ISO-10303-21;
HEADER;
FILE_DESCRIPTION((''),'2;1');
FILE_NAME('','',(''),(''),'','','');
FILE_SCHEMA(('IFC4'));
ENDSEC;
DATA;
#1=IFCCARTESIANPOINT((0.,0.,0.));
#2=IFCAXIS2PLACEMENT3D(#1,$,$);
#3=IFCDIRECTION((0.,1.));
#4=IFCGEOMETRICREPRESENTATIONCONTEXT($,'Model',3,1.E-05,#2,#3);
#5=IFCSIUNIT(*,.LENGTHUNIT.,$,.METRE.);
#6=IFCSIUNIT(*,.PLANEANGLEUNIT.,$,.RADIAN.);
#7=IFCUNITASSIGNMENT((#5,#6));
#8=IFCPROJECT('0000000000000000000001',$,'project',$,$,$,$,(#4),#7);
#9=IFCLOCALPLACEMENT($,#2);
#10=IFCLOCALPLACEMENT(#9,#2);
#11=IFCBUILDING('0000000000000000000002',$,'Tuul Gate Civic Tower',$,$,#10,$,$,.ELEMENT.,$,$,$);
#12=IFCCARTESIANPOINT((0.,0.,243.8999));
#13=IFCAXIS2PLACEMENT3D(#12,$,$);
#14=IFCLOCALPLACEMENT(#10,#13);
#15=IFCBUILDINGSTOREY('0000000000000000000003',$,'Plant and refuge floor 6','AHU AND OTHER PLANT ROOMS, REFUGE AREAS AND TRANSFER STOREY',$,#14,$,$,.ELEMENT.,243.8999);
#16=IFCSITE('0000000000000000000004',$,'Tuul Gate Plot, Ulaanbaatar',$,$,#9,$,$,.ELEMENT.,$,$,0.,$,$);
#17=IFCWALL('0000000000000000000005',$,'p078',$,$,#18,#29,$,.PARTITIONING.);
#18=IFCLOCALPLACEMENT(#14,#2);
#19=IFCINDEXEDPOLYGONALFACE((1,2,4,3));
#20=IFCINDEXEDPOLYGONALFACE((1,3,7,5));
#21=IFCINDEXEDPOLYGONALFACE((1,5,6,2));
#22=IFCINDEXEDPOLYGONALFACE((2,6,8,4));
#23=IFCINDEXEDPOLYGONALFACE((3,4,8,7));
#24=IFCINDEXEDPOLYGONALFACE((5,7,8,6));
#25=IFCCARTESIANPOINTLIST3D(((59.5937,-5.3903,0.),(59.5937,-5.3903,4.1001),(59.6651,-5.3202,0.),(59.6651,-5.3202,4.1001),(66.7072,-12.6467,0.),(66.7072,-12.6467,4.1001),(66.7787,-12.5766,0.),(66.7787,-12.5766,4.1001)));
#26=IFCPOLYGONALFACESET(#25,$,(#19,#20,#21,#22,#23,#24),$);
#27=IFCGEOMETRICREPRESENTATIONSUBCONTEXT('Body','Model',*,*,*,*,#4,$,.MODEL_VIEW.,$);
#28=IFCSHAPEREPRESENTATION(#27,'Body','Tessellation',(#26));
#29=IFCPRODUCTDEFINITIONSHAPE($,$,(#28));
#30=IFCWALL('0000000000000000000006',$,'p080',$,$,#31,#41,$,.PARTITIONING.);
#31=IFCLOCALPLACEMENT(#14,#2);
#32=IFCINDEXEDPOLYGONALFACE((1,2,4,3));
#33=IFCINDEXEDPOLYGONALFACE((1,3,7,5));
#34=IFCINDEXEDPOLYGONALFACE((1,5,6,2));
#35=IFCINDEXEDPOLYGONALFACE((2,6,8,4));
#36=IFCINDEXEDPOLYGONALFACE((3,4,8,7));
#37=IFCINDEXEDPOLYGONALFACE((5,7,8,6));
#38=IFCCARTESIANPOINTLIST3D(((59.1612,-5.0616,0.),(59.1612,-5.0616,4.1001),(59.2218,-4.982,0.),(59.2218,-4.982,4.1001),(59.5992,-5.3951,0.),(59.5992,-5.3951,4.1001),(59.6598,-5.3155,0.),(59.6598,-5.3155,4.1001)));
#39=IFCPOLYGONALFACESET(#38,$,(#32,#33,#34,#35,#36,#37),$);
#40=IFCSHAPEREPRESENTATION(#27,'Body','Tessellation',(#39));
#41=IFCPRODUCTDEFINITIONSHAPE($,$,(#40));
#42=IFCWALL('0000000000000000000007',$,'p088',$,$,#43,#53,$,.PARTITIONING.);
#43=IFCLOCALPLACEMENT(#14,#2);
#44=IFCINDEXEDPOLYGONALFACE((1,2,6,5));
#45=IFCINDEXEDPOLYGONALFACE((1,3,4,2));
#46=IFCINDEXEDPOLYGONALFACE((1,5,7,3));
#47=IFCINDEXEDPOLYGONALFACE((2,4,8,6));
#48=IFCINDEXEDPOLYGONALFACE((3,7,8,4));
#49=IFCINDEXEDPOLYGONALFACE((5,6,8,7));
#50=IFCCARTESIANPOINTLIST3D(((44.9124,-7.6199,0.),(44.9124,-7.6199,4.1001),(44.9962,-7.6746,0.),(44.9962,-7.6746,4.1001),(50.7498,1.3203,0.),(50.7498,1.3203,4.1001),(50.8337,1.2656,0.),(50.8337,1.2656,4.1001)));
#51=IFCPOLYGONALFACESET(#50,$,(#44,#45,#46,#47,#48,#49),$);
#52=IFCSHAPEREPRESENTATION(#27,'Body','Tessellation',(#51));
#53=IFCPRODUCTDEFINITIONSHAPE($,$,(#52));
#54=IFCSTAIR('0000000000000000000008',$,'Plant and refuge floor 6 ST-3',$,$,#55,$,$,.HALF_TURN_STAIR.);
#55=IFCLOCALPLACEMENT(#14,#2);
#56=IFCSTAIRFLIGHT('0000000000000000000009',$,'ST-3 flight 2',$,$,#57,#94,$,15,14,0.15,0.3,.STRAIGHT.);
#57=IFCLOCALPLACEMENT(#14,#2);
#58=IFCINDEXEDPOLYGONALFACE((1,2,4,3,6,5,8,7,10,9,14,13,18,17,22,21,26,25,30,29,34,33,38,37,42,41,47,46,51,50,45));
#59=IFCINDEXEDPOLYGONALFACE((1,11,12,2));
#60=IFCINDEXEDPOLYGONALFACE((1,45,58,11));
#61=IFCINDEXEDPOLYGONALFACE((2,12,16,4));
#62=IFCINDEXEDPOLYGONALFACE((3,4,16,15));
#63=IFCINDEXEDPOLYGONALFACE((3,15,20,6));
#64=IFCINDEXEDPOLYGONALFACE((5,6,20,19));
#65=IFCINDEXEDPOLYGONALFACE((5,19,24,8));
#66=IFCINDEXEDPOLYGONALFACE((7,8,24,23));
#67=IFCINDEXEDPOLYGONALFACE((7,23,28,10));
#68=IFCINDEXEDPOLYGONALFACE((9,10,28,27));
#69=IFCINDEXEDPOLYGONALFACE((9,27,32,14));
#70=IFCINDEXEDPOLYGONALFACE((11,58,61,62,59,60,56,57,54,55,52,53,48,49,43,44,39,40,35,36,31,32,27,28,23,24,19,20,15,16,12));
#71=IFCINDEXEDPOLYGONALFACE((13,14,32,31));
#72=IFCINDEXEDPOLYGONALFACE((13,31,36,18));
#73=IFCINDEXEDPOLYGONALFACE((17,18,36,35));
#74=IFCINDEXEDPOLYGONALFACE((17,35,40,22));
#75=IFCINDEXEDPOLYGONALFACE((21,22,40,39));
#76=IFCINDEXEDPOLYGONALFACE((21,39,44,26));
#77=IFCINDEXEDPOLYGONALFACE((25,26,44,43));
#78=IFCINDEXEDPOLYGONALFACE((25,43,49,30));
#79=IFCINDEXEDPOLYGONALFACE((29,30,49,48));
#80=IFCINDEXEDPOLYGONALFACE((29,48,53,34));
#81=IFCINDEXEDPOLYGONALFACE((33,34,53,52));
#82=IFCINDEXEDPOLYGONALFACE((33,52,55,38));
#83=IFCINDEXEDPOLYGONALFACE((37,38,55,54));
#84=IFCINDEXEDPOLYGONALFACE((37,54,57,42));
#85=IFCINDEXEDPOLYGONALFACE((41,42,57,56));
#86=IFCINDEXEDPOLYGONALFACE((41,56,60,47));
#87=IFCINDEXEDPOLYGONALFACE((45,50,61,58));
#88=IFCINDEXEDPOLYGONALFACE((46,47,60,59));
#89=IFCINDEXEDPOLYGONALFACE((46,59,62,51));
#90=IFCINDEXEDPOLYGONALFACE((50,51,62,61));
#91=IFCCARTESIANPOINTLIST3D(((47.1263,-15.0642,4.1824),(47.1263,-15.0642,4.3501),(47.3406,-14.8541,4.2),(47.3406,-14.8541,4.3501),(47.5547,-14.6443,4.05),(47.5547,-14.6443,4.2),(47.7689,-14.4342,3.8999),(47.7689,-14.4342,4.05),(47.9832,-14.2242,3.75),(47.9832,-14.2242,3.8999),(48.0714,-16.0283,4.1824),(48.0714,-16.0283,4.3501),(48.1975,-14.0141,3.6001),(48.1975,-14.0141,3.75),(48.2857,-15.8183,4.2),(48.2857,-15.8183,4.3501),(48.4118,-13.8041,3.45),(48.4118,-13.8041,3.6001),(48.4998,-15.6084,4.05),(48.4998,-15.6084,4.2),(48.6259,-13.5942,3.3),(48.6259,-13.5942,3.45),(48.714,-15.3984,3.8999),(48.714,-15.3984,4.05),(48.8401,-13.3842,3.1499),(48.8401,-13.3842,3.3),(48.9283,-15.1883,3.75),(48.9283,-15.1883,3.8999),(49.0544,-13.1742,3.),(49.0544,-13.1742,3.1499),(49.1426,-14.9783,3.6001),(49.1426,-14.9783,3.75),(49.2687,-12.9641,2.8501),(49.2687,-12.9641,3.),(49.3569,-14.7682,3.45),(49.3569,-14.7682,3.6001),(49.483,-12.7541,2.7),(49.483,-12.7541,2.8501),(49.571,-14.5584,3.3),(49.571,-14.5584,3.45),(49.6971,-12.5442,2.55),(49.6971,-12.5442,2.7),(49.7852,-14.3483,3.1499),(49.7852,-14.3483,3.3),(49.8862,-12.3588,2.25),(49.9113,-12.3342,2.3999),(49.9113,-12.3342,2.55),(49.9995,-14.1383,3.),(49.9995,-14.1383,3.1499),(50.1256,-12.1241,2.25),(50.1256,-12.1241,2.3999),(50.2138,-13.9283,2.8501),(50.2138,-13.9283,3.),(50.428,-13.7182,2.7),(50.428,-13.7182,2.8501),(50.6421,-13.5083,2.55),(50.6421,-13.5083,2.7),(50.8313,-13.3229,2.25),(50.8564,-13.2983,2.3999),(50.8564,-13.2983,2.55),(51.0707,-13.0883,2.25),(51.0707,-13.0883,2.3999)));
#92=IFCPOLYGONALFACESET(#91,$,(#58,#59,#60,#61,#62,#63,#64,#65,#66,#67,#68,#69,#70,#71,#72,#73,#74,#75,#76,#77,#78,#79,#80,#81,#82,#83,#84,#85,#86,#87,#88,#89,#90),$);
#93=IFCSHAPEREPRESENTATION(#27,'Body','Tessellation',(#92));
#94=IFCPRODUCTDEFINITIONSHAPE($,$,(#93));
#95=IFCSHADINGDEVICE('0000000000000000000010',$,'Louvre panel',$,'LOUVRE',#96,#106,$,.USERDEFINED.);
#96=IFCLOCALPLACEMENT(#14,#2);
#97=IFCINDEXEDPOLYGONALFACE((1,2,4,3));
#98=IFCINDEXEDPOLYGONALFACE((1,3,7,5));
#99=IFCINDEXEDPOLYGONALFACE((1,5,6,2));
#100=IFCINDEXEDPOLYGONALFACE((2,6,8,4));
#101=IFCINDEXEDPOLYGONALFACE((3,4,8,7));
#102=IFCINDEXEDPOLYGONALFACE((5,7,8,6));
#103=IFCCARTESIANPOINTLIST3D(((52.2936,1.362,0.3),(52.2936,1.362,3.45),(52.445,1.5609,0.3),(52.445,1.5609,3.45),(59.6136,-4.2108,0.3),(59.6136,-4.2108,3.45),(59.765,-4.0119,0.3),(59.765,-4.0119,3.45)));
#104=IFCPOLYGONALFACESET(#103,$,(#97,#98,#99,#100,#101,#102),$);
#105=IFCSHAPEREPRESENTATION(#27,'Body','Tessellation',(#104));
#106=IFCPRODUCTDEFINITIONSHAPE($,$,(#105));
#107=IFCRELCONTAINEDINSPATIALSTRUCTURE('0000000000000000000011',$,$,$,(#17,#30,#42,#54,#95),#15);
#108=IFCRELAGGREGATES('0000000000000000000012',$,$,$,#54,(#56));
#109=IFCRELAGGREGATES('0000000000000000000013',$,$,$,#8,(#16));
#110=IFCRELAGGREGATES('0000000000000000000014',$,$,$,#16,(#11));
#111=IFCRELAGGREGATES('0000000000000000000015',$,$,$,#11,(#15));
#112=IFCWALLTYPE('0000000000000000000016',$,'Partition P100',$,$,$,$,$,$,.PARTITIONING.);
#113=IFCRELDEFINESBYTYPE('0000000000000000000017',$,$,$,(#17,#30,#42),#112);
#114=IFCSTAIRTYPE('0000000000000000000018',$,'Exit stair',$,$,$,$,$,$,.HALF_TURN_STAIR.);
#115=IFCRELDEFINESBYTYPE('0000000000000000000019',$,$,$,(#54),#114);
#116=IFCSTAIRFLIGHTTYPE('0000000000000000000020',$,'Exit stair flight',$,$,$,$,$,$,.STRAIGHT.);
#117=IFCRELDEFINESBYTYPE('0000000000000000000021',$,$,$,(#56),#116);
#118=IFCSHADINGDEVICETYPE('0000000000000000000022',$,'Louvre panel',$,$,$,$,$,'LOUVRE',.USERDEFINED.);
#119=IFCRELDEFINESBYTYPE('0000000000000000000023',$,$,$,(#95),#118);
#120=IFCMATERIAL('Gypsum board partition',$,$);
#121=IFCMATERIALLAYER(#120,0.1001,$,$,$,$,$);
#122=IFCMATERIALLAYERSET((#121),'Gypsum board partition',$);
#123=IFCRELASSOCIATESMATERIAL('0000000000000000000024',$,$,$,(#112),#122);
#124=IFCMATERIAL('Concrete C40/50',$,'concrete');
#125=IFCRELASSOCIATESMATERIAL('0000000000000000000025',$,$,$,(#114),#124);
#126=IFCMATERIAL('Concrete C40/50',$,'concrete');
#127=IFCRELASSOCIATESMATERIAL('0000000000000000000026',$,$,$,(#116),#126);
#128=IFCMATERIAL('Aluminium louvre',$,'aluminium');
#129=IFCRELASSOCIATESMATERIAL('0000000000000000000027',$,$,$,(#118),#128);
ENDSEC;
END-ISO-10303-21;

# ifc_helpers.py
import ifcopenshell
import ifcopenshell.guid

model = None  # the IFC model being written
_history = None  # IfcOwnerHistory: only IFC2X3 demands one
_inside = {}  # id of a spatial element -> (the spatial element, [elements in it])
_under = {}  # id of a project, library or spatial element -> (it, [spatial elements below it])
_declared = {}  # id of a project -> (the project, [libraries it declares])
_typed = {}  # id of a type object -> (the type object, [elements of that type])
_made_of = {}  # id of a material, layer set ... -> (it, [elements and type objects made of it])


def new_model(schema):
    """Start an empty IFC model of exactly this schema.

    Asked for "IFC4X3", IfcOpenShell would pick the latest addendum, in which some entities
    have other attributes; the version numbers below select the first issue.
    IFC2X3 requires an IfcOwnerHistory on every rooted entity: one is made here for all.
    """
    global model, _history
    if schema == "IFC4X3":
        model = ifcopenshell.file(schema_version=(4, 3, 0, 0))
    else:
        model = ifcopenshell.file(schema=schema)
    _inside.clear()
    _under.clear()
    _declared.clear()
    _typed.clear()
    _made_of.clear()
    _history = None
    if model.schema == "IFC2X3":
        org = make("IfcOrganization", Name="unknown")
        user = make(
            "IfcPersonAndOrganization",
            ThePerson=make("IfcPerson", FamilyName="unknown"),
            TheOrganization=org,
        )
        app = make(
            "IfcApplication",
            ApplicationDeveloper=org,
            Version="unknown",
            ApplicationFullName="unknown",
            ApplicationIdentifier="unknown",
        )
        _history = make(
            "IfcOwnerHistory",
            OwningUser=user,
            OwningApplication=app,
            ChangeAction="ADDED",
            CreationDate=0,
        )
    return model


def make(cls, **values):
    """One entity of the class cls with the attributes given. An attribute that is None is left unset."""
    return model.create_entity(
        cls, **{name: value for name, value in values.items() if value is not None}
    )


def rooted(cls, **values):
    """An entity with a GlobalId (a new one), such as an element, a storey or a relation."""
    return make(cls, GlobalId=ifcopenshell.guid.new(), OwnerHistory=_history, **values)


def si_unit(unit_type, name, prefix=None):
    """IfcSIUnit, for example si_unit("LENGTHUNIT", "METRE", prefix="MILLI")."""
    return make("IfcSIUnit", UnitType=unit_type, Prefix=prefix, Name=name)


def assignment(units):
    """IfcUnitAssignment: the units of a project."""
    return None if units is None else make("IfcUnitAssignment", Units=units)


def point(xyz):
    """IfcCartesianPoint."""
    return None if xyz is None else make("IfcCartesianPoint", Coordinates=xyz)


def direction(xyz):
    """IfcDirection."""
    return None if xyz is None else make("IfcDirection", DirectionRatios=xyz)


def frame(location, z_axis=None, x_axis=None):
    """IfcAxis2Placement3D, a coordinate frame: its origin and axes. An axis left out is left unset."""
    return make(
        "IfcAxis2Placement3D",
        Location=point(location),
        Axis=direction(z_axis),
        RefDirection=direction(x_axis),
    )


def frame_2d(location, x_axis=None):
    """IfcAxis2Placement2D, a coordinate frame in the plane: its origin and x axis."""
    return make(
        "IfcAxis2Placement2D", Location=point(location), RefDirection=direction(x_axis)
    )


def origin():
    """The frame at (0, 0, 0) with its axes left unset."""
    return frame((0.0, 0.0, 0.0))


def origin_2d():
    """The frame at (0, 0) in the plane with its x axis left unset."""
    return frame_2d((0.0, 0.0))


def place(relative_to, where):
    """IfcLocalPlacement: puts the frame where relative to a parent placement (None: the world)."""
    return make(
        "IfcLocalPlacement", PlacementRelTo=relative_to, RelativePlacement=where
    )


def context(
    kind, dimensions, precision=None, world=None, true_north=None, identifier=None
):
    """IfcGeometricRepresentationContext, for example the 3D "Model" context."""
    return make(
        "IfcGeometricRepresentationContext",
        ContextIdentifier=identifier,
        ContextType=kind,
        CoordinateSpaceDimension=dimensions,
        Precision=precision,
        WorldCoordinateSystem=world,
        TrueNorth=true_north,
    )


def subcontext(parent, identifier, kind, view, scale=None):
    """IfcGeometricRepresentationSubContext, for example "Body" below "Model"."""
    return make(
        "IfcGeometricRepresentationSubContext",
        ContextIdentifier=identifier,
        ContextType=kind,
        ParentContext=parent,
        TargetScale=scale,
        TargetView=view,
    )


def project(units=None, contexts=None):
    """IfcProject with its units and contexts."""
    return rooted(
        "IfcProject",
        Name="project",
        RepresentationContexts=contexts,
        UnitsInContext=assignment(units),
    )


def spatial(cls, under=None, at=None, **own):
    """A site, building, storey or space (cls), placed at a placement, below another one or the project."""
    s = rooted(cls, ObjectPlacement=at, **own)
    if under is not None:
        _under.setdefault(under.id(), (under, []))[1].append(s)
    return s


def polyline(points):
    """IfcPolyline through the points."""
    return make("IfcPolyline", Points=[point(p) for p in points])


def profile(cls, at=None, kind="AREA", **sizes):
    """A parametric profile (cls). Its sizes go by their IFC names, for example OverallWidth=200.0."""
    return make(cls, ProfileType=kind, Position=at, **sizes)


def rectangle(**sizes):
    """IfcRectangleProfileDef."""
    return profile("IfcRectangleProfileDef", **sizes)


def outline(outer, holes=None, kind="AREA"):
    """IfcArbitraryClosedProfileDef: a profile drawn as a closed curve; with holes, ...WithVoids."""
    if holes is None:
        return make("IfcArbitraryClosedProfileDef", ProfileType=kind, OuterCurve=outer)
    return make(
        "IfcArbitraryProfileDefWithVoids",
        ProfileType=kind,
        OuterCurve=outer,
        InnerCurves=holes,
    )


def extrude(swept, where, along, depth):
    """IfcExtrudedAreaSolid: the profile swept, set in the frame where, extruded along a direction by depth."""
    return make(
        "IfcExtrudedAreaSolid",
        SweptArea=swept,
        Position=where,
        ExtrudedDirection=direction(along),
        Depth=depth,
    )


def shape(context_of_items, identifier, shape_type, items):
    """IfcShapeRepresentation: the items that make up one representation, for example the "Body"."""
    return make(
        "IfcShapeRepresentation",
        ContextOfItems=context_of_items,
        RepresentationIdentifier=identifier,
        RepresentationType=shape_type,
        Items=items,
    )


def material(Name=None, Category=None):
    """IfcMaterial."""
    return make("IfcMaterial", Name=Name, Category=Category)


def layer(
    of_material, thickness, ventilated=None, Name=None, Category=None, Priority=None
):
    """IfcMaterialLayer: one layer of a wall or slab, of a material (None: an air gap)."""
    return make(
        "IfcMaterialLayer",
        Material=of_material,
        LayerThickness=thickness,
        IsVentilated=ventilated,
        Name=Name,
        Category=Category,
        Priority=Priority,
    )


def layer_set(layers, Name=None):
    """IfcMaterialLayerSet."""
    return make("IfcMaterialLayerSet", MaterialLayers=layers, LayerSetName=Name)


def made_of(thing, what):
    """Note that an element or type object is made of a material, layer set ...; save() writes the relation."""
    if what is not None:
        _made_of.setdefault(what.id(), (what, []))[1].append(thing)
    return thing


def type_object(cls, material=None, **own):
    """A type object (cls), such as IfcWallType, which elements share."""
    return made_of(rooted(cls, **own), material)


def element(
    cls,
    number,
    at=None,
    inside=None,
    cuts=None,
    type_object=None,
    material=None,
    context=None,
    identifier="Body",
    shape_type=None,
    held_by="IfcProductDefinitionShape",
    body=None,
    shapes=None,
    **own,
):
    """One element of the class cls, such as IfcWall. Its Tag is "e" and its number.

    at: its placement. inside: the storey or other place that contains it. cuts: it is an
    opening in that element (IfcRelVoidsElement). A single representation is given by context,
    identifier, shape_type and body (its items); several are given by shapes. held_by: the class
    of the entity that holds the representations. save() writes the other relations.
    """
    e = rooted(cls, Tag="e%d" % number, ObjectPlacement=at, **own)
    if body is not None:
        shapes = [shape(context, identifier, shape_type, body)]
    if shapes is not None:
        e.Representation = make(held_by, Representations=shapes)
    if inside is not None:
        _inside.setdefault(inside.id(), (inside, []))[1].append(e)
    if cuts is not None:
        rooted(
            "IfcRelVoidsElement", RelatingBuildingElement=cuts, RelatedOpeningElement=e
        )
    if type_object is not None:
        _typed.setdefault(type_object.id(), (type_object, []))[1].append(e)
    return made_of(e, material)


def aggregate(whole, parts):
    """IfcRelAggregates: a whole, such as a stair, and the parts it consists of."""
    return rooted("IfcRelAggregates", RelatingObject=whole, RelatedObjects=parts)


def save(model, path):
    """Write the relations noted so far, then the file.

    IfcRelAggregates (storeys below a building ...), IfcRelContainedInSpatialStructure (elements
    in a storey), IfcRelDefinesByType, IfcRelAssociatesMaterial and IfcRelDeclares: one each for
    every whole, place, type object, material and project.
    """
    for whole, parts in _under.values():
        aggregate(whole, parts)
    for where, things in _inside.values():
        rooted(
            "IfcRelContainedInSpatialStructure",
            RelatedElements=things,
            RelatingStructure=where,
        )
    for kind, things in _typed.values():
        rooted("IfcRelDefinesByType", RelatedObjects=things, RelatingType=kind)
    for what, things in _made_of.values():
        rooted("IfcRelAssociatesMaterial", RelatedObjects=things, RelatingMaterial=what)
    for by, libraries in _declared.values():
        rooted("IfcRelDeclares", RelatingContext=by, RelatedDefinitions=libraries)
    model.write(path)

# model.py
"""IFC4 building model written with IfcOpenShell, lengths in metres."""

from ifc_helpers import new_model, si_unit, direction, frame, frame_2d, origin, origin_2d, place, context, subcontext, project, spatial, polyline, rectangle, outline, extrude, material, layer, layer_set, type_object, element, aggregate, save


model = new_model("IFC4")

# Units and contexts
model_context = context("Model", 3, precision=1e-05, world=origin(), true_north=direction((0.0, 1.0)))
body_context = subcontext(model_context, "Body", "Model", "MODEL_VIEW")
ifc_project = project(units=[si_unit("LENGTHUNIT", "METRE"), si_unit("PLANEANGLEUNIT", "RADIAN")], contexts=[model_context])

# Site, building, storey
site_placement = place(None, origin())
site = spatial("IfcSite", under=ifc_project, at=site_placement, Name="Tuul Gate Plot, Ulaanbaatar", CompositionType="ELEMENT", RefElevation=0.0)
building_placement = place(site_placement, origin())
building = spatial("IfcBuilding", under=site, at=building_placement, Name="Tuul Gate Civic Tower", CompositionType="ELEMENT")
storey_placement = place(building_placement, frame((0.0, 0.0, 243.8999)))
storey = spatial("IfcBuildingStorey", under=building, at=storey_placement, Name="Plant and refuge floor 6", Description="AHU AND OTHER PLANT ROOMS, REFUGE AREAS AND TRANSFER STOREY", CompositionType="ELEMENT", Elevation=243.8999)

# Walls
ifc_material_1 = material(Name="Gypsum board partition")
ifc_layer_1 = layer(ifc_material_1, 0.1001)
ifc_layer_set_1 = layer_set([ifc_layer_1], Name="Gypsum board partition")
wall_type_1 = type_object("IfcWallType", Name="Partition P100", PredefinedType="PARTITIONING", material=ifc_layer_set_1)
wall_1_placement = place(storey_placement, frame((59.6294, -5.3552, 0.0), z_axis=(0.0, 0.0, 1.0), x_axis=(0.700044, -0.714099, 0.0)))
element("IfcWall", 1, at=wall_1_placement, inside=storey, type_object=wall_type_1, Name="p078", PredefinedType="PARTITIONING", context=body_context, shape_type="SweptSolid", body=[
    extrude(rectangle(XDim=10.1616, YDim=0.1001, at=frame_2d((5.0808, 0.0))), origin(), (0.0, 0.0, 1.0), 4.1001),
])
wall_2_placement = place(storey_placement, frame((59.1914, -5.0217, 0.0), z_axis=(0.0, 0.0, 1.0), x_axis=(0.795615, -0.605803, 0.0)))
element("IfcWall", 2, at=wall_2_placement, inside=storey, type_object=wall_type_1, Name="p080", PredefinedType="PARTITIONING", context=body_context, shape_type="SweptSolid", body=[
    extrude(rectangle(XDim=0.5505, YDim=0.1001, at=frame_2d((0.2754, 0.0))), origin(), (0.0, 0.0, 1.0), 4.1001),
])
wall_3_placement = place(storey_placement, frame((50.7917, 1.293, 0.0), z_axis=(0.0, 0.0, 1.0), x_axis=(-0.546718, -0.837317, 0.0)))
element("IfcWall", 3, at=wall_3_placement, inside=storey, type_object=wall_type_1, Name="p088", PredefinedType="PARTITIONING", context=body_context, shape_type="SweptSolid", body=[
    extrude(rectangle(XDim=10.6772, YDim=0.1001, at=frame_2d((5.3386, 0.0))), origin(), (0.0, 0.0, 1.0), 4.1001),
])

# Stair, stair flight
ifc_material_2 = material(Name="Concrete C40/50", Category="concrete")
stair_type = type_object("IfcStairType", Name="Exit stair", PredefinedType="HALF_TURN_STAIR", material=ifc_material_2)
stair_placement = place(storey_placement, origin())
stair = element("IfcStair", 4, at=stair_placement, inside=storey, type_object=stair_type, Name="Plant and refuge floor 6 ST-3", PredefinedType="HALF_TURN_STAIR")
ifc_material_3 = material(Name="Concrete C40/50", Category="concrete")
stair_flight_type = type_object("IfcStairFlightType", Name="Exit stair flight", PredefinedType="STRAIGHT", material=ifc_material_3)
stair_flight_placement = place(storey_placement, frame((50.5981, -12.6062, 2.25), z_axis=(0.0, 0.0, 1.0), x_axis=(-0.714127, -0.700016, 0.0)))
stair_flight = element("IfcStairFlight", 5, at=stair_flight_placement, type_object=stair_flight_type, Name="ST-3 flight 2", NumberOfRisers=15, NumberOfTreads=14, PredefinedType="STRAIGHT", RiserHeight=0.15, TreadLength=0.3, context=body_context, shape_type="SweptSolid", body=[
    extrude(outline(polyline([(0.0, 0.0), (0.0, 0.1499), (0.3, 0.1499), (0.3, 0.3), (0.6001, 0.3), (0.6001, 0.45), (0.8999, 0.45), (0.8999, 0.6001), (1.2, 0.6001), (1.2, 0.75), (1.5, 0.75), (1.5, 0.8999), (1.8, 0.8999), (1.8, 1.05), (2.1001, 1.05), (2.1001, 1.2), (2.3999, 1.2), (2.3999, 1.3501), (2.7, 1.3501), (2.7, 1.5), (3.0, 1.5), (3.0, 1.6499), (3.3, 1.6499), (3.3, 1.8), (3.6001, 1.8), (3.6001, 1.95), (3.8999, 1.95), (3.8999, 2.1001), (4.2, 2.1001), (4.2, 2.25), (4.2, 1.9324), (0.3352, 0.0), (0.0, 0.0)])), frame((0.0, 0.675, 0.0), z_axis=(0.0, -1.0, 0.0), x_axis=(1.0, 0.0, 0.0)), (0.0, 0.0, 1.0), 1.3501),
])
aggregate(stair, [stair_flight])

# Shading device
ifc_material_4 = material(Name="Aluminium louvre", Category="aluminium")
shading_device_type = type_object("IfcShadingDeviceType", Name="Louvre panel", ElementType="LOUVRE", PredefinedType="USERDEFINED", material=ifc_material_4)
shading_device_placement = place(storey_placement, frame((56.0293, -1.325, 0.3), z_axis=(0.0, 0.0, 1.0), x_axis=(0.605749, 0.795656, 0.0)))
element("IfcShadingDevice", 6, at=shading_device_placement, inside=storey, type_object=shading_device_type, Name="Louvre panel", ObjectType="LOUVRE", PredefinedType="USERDEFINED", context=body_context, shape_type="SweptSolid", body=[
    extrude(rectangle(XDim=0.25, YDim=9.2, at=origin_2d()), origin(), (0.0, 0.0, 1.0), 3.1499),
])

save(model, "model.ifc")
